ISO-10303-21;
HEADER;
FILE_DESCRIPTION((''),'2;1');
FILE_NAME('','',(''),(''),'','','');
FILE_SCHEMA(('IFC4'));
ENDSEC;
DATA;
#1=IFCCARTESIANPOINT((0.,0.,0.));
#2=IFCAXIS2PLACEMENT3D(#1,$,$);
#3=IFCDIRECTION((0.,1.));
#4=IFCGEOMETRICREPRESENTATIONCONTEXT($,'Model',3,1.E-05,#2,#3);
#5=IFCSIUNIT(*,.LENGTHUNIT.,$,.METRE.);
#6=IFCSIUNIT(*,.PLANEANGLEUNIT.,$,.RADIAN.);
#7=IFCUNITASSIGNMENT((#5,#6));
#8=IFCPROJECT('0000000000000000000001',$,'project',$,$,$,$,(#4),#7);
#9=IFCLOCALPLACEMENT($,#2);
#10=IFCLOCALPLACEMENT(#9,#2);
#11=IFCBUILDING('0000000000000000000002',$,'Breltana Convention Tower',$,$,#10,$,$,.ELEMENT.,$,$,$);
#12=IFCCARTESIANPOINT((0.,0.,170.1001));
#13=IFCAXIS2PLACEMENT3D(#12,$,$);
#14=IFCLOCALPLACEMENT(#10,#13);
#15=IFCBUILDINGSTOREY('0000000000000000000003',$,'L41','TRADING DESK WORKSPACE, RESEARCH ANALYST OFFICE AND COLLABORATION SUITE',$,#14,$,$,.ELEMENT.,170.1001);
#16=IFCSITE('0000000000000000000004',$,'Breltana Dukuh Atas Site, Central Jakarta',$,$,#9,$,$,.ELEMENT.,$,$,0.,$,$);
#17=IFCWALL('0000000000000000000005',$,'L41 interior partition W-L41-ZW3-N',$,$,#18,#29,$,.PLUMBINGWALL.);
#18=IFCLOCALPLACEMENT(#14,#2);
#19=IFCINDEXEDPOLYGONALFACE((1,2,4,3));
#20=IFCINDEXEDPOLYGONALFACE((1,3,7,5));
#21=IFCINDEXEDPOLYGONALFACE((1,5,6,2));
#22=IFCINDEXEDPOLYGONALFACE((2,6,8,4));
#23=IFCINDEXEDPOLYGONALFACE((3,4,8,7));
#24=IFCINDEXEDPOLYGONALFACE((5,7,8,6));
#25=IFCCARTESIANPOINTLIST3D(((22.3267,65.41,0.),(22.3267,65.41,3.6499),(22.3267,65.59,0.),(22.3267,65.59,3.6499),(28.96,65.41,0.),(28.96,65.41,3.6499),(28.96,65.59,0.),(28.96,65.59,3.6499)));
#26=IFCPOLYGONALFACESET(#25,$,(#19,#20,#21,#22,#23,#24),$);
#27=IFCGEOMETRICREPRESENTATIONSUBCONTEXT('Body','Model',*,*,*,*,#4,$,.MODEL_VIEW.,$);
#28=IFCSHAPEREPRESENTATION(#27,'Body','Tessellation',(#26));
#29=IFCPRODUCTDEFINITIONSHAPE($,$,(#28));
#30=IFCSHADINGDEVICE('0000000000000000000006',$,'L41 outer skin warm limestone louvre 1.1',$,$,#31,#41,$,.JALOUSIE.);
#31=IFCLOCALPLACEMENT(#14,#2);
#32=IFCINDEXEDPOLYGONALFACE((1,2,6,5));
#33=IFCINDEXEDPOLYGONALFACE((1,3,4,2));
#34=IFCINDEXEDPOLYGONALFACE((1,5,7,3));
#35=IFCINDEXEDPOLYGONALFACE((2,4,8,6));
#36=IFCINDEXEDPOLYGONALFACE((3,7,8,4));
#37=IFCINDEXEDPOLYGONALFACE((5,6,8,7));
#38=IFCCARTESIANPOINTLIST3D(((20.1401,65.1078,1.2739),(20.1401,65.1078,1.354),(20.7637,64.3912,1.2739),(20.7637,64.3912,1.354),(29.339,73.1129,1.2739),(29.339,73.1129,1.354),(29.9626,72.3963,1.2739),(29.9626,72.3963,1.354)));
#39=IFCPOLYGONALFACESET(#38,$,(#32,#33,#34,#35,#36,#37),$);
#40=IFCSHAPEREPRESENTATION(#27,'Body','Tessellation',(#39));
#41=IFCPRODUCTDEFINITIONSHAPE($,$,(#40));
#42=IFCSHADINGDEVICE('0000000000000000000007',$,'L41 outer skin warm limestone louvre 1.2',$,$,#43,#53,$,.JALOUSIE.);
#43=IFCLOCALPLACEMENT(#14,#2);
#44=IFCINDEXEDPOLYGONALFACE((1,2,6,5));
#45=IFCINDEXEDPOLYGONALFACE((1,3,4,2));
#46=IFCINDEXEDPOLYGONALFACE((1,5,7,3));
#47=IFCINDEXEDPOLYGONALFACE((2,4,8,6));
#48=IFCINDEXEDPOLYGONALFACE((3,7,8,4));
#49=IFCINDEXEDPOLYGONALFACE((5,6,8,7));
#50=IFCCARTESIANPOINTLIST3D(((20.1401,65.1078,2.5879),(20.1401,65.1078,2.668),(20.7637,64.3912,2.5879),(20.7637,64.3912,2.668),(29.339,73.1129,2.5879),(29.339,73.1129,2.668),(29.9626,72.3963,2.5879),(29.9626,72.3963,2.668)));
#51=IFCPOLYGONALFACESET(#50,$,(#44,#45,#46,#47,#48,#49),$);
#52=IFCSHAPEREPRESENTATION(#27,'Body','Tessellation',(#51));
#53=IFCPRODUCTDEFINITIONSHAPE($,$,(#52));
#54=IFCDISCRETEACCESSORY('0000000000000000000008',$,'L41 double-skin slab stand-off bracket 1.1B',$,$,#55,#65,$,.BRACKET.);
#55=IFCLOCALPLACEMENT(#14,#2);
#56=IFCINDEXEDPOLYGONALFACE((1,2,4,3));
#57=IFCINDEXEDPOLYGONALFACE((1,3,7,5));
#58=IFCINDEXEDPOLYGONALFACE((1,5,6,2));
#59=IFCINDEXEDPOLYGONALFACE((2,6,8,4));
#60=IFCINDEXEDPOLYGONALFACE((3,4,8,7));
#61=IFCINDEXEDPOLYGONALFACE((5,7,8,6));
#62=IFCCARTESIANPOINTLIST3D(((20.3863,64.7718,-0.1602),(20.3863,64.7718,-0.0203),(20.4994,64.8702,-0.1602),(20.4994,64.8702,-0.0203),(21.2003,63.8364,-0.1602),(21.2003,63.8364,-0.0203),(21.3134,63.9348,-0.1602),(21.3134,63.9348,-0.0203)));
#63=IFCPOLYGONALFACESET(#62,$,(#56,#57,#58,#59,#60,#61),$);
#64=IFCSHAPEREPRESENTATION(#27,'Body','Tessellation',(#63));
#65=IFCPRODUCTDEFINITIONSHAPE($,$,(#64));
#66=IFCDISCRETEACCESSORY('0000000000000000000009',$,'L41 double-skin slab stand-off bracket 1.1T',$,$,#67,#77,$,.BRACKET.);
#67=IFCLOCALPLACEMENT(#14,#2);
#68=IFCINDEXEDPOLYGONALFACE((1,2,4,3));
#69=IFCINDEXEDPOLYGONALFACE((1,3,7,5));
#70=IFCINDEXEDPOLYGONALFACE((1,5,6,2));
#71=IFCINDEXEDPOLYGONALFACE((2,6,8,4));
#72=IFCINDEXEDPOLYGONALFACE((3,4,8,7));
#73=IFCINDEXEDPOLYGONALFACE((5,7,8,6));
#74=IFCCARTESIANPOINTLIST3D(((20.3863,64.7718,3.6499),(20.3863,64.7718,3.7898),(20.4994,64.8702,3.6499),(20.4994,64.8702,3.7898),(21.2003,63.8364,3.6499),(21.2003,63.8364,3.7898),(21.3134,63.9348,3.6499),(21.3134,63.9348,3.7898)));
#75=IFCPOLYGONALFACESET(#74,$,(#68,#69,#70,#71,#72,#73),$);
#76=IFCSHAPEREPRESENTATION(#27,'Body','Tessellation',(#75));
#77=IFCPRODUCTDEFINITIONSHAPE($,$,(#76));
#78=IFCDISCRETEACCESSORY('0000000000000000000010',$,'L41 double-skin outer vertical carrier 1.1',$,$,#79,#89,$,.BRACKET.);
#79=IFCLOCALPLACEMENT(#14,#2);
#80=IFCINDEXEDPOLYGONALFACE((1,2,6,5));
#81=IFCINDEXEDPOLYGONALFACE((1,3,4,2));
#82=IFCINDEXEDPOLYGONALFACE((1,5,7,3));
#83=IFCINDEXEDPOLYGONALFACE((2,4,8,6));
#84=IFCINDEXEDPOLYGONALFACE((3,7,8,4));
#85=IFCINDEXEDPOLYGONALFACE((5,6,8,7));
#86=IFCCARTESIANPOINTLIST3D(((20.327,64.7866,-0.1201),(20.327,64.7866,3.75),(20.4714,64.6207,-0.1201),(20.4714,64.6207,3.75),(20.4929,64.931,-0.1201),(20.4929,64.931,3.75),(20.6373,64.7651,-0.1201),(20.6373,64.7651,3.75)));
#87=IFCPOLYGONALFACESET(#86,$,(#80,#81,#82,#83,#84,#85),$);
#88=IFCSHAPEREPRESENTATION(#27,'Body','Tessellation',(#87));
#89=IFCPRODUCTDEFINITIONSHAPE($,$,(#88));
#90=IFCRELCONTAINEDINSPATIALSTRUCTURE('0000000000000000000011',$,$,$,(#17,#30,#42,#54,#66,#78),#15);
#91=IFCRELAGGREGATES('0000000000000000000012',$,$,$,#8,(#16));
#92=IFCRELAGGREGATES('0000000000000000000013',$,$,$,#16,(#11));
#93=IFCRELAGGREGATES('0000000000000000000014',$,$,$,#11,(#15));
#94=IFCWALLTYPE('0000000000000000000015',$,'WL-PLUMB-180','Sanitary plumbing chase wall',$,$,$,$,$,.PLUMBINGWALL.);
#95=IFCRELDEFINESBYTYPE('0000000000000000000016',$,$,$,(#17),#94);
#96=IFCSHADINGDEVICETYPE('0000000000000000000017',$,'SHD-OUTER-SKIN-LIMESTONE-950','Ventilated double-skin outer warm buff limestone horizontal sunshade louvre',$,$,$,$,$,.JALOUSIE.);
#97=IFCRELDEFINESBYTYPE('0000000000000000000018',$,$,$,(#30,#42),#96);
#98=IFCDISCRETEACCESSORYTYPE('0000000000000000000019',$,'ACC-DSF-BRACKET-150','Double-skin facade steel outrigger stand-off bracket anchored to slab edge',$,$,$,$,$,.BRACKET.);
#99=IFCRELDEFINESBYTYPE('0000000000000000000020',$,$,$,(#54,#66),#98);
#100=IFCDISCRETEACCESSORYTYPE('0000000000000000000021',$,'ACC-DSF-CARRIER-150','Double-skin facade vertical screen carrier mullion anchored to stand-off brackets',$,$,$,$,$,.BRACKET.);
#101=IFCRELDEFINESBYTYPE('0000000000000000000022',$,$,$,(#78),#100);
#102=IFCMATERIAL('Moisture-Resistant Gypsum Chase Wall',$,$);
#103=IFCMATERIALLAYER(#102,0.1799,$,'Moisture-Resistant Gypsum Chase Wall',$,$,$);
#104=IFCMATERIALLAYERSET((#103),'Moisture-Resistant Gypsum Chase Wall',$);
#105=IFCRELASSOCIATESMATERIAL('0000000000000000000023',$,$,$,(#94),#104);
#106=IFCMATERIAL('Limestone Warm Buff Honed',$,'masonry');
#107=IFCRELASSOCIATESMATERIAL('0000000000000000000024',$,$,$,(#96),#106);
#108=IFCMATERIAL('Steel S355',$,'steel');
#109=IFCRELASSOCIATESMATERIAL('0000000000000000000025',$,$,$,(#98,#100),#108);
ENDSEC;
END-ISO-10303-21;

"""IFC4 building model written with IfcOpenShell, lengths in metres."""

from ifc_helpers import new_model, si_unit, direction, frame, frame_2d, origin, origin_2d, place, context, subcontext, project, spatial, rectangle, extrude, source, transform, mapped, material, layer, layer_set, material_profile, profile_set, type_object, type_shapes, element, save


model = new_model("IFC4")

# Units and contexts
model_context = context("Model", 3, precision=1e-05, world=origin(), true_north=direction((0.0, 1.0)))
body_context = subcontext(model_context, "Body", "Model", "MODEL_VIEW")
ifc_project = project(units=[si_unit("LENGTHUNIT", "METRE"), si_unit("PLANEANGLEUNIT", "RADIAN")], contexts=[model_context])

# Site, building, storey
site_placement = place(None, origin())
site = spatial("IfcSite", under=ifc_project, at=site_placement, Name="Breltana Dukuh Atas Site, Central Jakarta", CompositionType="ELEMENT", RefElevation=0.0)
building_placement = place(site_placement, origin())
building = spatial("IfcBuilding", under=site, at=building_placement, Name="Breltana Convention Tower", CompositionType="ELEMENT")
storey_placement = place(building_placement, frame((0.0, 0.0, 170.1001)))
storey = spatial("IfcBuildingStorey", under=building, at=storey_placement, Name="L41", Description="TRADING DESK WORKSPACE, RESEARCH ANALYST OFFICE AND COLLABORATION SUITE", CompositionType="ELEMENT", Elevation=170.1001)

# Wall
ifc_material_1 = material(Name="Moisture-Resistant Gypsum Chase Wall")
ifc_layer_1 = layer(ifc_material_1, 0.1799, Name="Moisture-Resistant Gypsum Chase Wall")
ifc_layer_set_1 = layer_set([ifc_layer_1], Name="Moisture-Resistant Gypsum Chase Wall")
wall_type_1 = type_object("IfcWallType", Name="WL-PLUMB-180", Description="Sanitary plumbing chase wall", PredefinedType="PLUMBINGWALL", material=ifc_layer_set_1)
shared_shape_1 = source(origin(), body_context, "Body", "SweptSolid", [
    extrude(rectangle(XDim=6.6333, YDim=0.1799, at=frame_2d((3.3167, 0.0))), origin(), (0.0, 0.0, 1.0), 3.6499),
])
wall_1_placement = place(storey_placement, frame((22.3267, 65.5, 0.0), z_axis=(0.0, 0.0, 1.0), x_axis=(1.0, 0.0, 0.0)))
element("IfcWall", 1, at=wall_1_placement, inside=storey, type_object=wall_type_1, Name="L41 interior partition W-L41-ZW3-N", PredefinedType="PLUMBINGWALL", context=body_context, shape_type="MappedRepresentation", body=[
    mapped(shared_shape_1, transform((0.0, 0.0, 0.0), scale=1.0)),
])

# Shading devices
ifc_material_2 = material(Name="Limestone Warm Buff Honed", Category="masonry")
ifc_material_profile_1 = material_profile(ifc_material_2, rectangle(XDim=0.95, YDim=0.0801, at=origin_2d()), Name="STN-LVR-950X80")
ifc_profile_set_1 = profile_set([ifc_material_profile_1], Name="Limestone Warm Buff Honed")
shading_device_type = type_object("IfcShadingDeviceType", Name="SHD-OUTER-SKIN-LIMESTONE-950", Description="Ventilated double-skin outer warm buff limestone horizontal sunshade louvre", PredefinedType="JALOUSIE", material=ifc_profile_set_1)
shared_shape_2 = source(origin(), body_context, "Body", "SweptSolid", [
    extrude(rectangle(XDim=0.95, YDim=0.0801, at=origin_2d()), origin(), (0.0, 0.0, 1.0), 12.1943),
])
type_shapes(shading_device_type, [shared_shape_2])
for number, where, z_axis, x_axis, name in (
    (2, (20.4519, 64.7495, 1.314), (0.754361, 0.65646, 0.0), (-0.65646, 0.754361, 0.0), "L41 outer skin warm limestone louvre 1.1"),
    (3, (20.4519, 64.7495, 2.6279), (0.754361, 0.65646, 0.0), (-0.65646, 0.754361, 0.0), "L41 outer skin warm limestone louvre 1.2"),
):
    element("IfcShadingDevice", number, at=place(storey_placement, frame(where, z_axis=z_axis, x_axis=x_axis)), inside=storey, type_object=shading_device_type, Name=name, PredefinedType="JALOUSIE", context=body_context, shape_type="MappedRepresentation", body=[
        mapped(shared_shape_2, transform((0.0, 0.0, 0.0), scale=1.0)),
    ])

# Discrete accessories
ifc_material_3 = material(Name="Steel S355", Category="steel")
discrete_accessory_type_1 = type_object("IfcDiscreteAccessoryType", Name="ACC-DSF-BRACKET-150", Description="Double-skin facade steel outrigger stand-off bracket anchored to slab edge", PredefinedType="BRACKET", material=ifc_material_3)
shared_shape_3 = source(origin(), body_context, "Body", "SweptSolid", [
    extrude(rectangle(XDim=1.24, YDim=0.1499, at=origin_2d()), origin(), (0.0, 0.0, 1.0), 0.1399),
])
type_shapes(discrete_accessory_type_1, [shared_shape_3])
for number, where, z_axis, x_axis, name in (
    (4, (20.8499, 64.3533, -0.1602), (0.0, 0.0, 1.0), (-0.656456, 0.754365, 0.0), "L41 double-skin slab stand-off bracket 1.1B"),
    (5, (20.8499, 64.3533, 3.6499), (0.0, 0.0, 1.0), (-0.656456, 0.754365, 0.0), "L41 double-skin slab stand-off bracket 1.1T"),
):
    element("IfcDiscreteAccessory", number, at=place(storey_placement, frame(where, z_axis=z_axis, x_axis=x_axis)), inside=storey, type_object=discrete_accessory_type_1, Name=name, PredefinedType="BRACKET", context=body_context, shape_type="MappedRepresentation", body=[
        mapped(shared_shape_3, transform((0.0, 0.0, 0.0), scale=1.0)),
    ])
discrete_accessory_type_2 = type_object("IfcDiscreteAccessoryType", Name="ACC-DSF-CARRIER-150", Description="Double-skin facade vertical screen carrier mullion anchored to stand-off brackets", PredefinedType="BRACKET", material=ifc_material_3)
shared_shape_4 = source(origin(), body_context, "Body", "SweptSolid", [
    extrude(rectangle(XDim=0.22, YDim=0.22, at=origin_2d()), origin(), (0.0, 0.0, 1.0), 3.8701),
])
discrete_accessory_placement = place(storey_placement, frame((20.4822, 64.7759, -0.1201), z_axis=(0.0, 0.0, 1.0), x_axis=(-0.656456, 0.754365, 0.0)))
element("IfcDiscreteAccessory", 6, at=discrete_accessory_placement, inside=storey, type_object=discrete_accessory_type_2, Name="L41 double-skin outer vertical carrier 1.1", PredefinedType="BRACKET", context=body_context, shape_type="MappedRepresentation", body=[
    mapped(shared_shape_4, transform((0.0, 0.0, 0.0), scale=1.0)),
])

save(model, "model.ifc")
